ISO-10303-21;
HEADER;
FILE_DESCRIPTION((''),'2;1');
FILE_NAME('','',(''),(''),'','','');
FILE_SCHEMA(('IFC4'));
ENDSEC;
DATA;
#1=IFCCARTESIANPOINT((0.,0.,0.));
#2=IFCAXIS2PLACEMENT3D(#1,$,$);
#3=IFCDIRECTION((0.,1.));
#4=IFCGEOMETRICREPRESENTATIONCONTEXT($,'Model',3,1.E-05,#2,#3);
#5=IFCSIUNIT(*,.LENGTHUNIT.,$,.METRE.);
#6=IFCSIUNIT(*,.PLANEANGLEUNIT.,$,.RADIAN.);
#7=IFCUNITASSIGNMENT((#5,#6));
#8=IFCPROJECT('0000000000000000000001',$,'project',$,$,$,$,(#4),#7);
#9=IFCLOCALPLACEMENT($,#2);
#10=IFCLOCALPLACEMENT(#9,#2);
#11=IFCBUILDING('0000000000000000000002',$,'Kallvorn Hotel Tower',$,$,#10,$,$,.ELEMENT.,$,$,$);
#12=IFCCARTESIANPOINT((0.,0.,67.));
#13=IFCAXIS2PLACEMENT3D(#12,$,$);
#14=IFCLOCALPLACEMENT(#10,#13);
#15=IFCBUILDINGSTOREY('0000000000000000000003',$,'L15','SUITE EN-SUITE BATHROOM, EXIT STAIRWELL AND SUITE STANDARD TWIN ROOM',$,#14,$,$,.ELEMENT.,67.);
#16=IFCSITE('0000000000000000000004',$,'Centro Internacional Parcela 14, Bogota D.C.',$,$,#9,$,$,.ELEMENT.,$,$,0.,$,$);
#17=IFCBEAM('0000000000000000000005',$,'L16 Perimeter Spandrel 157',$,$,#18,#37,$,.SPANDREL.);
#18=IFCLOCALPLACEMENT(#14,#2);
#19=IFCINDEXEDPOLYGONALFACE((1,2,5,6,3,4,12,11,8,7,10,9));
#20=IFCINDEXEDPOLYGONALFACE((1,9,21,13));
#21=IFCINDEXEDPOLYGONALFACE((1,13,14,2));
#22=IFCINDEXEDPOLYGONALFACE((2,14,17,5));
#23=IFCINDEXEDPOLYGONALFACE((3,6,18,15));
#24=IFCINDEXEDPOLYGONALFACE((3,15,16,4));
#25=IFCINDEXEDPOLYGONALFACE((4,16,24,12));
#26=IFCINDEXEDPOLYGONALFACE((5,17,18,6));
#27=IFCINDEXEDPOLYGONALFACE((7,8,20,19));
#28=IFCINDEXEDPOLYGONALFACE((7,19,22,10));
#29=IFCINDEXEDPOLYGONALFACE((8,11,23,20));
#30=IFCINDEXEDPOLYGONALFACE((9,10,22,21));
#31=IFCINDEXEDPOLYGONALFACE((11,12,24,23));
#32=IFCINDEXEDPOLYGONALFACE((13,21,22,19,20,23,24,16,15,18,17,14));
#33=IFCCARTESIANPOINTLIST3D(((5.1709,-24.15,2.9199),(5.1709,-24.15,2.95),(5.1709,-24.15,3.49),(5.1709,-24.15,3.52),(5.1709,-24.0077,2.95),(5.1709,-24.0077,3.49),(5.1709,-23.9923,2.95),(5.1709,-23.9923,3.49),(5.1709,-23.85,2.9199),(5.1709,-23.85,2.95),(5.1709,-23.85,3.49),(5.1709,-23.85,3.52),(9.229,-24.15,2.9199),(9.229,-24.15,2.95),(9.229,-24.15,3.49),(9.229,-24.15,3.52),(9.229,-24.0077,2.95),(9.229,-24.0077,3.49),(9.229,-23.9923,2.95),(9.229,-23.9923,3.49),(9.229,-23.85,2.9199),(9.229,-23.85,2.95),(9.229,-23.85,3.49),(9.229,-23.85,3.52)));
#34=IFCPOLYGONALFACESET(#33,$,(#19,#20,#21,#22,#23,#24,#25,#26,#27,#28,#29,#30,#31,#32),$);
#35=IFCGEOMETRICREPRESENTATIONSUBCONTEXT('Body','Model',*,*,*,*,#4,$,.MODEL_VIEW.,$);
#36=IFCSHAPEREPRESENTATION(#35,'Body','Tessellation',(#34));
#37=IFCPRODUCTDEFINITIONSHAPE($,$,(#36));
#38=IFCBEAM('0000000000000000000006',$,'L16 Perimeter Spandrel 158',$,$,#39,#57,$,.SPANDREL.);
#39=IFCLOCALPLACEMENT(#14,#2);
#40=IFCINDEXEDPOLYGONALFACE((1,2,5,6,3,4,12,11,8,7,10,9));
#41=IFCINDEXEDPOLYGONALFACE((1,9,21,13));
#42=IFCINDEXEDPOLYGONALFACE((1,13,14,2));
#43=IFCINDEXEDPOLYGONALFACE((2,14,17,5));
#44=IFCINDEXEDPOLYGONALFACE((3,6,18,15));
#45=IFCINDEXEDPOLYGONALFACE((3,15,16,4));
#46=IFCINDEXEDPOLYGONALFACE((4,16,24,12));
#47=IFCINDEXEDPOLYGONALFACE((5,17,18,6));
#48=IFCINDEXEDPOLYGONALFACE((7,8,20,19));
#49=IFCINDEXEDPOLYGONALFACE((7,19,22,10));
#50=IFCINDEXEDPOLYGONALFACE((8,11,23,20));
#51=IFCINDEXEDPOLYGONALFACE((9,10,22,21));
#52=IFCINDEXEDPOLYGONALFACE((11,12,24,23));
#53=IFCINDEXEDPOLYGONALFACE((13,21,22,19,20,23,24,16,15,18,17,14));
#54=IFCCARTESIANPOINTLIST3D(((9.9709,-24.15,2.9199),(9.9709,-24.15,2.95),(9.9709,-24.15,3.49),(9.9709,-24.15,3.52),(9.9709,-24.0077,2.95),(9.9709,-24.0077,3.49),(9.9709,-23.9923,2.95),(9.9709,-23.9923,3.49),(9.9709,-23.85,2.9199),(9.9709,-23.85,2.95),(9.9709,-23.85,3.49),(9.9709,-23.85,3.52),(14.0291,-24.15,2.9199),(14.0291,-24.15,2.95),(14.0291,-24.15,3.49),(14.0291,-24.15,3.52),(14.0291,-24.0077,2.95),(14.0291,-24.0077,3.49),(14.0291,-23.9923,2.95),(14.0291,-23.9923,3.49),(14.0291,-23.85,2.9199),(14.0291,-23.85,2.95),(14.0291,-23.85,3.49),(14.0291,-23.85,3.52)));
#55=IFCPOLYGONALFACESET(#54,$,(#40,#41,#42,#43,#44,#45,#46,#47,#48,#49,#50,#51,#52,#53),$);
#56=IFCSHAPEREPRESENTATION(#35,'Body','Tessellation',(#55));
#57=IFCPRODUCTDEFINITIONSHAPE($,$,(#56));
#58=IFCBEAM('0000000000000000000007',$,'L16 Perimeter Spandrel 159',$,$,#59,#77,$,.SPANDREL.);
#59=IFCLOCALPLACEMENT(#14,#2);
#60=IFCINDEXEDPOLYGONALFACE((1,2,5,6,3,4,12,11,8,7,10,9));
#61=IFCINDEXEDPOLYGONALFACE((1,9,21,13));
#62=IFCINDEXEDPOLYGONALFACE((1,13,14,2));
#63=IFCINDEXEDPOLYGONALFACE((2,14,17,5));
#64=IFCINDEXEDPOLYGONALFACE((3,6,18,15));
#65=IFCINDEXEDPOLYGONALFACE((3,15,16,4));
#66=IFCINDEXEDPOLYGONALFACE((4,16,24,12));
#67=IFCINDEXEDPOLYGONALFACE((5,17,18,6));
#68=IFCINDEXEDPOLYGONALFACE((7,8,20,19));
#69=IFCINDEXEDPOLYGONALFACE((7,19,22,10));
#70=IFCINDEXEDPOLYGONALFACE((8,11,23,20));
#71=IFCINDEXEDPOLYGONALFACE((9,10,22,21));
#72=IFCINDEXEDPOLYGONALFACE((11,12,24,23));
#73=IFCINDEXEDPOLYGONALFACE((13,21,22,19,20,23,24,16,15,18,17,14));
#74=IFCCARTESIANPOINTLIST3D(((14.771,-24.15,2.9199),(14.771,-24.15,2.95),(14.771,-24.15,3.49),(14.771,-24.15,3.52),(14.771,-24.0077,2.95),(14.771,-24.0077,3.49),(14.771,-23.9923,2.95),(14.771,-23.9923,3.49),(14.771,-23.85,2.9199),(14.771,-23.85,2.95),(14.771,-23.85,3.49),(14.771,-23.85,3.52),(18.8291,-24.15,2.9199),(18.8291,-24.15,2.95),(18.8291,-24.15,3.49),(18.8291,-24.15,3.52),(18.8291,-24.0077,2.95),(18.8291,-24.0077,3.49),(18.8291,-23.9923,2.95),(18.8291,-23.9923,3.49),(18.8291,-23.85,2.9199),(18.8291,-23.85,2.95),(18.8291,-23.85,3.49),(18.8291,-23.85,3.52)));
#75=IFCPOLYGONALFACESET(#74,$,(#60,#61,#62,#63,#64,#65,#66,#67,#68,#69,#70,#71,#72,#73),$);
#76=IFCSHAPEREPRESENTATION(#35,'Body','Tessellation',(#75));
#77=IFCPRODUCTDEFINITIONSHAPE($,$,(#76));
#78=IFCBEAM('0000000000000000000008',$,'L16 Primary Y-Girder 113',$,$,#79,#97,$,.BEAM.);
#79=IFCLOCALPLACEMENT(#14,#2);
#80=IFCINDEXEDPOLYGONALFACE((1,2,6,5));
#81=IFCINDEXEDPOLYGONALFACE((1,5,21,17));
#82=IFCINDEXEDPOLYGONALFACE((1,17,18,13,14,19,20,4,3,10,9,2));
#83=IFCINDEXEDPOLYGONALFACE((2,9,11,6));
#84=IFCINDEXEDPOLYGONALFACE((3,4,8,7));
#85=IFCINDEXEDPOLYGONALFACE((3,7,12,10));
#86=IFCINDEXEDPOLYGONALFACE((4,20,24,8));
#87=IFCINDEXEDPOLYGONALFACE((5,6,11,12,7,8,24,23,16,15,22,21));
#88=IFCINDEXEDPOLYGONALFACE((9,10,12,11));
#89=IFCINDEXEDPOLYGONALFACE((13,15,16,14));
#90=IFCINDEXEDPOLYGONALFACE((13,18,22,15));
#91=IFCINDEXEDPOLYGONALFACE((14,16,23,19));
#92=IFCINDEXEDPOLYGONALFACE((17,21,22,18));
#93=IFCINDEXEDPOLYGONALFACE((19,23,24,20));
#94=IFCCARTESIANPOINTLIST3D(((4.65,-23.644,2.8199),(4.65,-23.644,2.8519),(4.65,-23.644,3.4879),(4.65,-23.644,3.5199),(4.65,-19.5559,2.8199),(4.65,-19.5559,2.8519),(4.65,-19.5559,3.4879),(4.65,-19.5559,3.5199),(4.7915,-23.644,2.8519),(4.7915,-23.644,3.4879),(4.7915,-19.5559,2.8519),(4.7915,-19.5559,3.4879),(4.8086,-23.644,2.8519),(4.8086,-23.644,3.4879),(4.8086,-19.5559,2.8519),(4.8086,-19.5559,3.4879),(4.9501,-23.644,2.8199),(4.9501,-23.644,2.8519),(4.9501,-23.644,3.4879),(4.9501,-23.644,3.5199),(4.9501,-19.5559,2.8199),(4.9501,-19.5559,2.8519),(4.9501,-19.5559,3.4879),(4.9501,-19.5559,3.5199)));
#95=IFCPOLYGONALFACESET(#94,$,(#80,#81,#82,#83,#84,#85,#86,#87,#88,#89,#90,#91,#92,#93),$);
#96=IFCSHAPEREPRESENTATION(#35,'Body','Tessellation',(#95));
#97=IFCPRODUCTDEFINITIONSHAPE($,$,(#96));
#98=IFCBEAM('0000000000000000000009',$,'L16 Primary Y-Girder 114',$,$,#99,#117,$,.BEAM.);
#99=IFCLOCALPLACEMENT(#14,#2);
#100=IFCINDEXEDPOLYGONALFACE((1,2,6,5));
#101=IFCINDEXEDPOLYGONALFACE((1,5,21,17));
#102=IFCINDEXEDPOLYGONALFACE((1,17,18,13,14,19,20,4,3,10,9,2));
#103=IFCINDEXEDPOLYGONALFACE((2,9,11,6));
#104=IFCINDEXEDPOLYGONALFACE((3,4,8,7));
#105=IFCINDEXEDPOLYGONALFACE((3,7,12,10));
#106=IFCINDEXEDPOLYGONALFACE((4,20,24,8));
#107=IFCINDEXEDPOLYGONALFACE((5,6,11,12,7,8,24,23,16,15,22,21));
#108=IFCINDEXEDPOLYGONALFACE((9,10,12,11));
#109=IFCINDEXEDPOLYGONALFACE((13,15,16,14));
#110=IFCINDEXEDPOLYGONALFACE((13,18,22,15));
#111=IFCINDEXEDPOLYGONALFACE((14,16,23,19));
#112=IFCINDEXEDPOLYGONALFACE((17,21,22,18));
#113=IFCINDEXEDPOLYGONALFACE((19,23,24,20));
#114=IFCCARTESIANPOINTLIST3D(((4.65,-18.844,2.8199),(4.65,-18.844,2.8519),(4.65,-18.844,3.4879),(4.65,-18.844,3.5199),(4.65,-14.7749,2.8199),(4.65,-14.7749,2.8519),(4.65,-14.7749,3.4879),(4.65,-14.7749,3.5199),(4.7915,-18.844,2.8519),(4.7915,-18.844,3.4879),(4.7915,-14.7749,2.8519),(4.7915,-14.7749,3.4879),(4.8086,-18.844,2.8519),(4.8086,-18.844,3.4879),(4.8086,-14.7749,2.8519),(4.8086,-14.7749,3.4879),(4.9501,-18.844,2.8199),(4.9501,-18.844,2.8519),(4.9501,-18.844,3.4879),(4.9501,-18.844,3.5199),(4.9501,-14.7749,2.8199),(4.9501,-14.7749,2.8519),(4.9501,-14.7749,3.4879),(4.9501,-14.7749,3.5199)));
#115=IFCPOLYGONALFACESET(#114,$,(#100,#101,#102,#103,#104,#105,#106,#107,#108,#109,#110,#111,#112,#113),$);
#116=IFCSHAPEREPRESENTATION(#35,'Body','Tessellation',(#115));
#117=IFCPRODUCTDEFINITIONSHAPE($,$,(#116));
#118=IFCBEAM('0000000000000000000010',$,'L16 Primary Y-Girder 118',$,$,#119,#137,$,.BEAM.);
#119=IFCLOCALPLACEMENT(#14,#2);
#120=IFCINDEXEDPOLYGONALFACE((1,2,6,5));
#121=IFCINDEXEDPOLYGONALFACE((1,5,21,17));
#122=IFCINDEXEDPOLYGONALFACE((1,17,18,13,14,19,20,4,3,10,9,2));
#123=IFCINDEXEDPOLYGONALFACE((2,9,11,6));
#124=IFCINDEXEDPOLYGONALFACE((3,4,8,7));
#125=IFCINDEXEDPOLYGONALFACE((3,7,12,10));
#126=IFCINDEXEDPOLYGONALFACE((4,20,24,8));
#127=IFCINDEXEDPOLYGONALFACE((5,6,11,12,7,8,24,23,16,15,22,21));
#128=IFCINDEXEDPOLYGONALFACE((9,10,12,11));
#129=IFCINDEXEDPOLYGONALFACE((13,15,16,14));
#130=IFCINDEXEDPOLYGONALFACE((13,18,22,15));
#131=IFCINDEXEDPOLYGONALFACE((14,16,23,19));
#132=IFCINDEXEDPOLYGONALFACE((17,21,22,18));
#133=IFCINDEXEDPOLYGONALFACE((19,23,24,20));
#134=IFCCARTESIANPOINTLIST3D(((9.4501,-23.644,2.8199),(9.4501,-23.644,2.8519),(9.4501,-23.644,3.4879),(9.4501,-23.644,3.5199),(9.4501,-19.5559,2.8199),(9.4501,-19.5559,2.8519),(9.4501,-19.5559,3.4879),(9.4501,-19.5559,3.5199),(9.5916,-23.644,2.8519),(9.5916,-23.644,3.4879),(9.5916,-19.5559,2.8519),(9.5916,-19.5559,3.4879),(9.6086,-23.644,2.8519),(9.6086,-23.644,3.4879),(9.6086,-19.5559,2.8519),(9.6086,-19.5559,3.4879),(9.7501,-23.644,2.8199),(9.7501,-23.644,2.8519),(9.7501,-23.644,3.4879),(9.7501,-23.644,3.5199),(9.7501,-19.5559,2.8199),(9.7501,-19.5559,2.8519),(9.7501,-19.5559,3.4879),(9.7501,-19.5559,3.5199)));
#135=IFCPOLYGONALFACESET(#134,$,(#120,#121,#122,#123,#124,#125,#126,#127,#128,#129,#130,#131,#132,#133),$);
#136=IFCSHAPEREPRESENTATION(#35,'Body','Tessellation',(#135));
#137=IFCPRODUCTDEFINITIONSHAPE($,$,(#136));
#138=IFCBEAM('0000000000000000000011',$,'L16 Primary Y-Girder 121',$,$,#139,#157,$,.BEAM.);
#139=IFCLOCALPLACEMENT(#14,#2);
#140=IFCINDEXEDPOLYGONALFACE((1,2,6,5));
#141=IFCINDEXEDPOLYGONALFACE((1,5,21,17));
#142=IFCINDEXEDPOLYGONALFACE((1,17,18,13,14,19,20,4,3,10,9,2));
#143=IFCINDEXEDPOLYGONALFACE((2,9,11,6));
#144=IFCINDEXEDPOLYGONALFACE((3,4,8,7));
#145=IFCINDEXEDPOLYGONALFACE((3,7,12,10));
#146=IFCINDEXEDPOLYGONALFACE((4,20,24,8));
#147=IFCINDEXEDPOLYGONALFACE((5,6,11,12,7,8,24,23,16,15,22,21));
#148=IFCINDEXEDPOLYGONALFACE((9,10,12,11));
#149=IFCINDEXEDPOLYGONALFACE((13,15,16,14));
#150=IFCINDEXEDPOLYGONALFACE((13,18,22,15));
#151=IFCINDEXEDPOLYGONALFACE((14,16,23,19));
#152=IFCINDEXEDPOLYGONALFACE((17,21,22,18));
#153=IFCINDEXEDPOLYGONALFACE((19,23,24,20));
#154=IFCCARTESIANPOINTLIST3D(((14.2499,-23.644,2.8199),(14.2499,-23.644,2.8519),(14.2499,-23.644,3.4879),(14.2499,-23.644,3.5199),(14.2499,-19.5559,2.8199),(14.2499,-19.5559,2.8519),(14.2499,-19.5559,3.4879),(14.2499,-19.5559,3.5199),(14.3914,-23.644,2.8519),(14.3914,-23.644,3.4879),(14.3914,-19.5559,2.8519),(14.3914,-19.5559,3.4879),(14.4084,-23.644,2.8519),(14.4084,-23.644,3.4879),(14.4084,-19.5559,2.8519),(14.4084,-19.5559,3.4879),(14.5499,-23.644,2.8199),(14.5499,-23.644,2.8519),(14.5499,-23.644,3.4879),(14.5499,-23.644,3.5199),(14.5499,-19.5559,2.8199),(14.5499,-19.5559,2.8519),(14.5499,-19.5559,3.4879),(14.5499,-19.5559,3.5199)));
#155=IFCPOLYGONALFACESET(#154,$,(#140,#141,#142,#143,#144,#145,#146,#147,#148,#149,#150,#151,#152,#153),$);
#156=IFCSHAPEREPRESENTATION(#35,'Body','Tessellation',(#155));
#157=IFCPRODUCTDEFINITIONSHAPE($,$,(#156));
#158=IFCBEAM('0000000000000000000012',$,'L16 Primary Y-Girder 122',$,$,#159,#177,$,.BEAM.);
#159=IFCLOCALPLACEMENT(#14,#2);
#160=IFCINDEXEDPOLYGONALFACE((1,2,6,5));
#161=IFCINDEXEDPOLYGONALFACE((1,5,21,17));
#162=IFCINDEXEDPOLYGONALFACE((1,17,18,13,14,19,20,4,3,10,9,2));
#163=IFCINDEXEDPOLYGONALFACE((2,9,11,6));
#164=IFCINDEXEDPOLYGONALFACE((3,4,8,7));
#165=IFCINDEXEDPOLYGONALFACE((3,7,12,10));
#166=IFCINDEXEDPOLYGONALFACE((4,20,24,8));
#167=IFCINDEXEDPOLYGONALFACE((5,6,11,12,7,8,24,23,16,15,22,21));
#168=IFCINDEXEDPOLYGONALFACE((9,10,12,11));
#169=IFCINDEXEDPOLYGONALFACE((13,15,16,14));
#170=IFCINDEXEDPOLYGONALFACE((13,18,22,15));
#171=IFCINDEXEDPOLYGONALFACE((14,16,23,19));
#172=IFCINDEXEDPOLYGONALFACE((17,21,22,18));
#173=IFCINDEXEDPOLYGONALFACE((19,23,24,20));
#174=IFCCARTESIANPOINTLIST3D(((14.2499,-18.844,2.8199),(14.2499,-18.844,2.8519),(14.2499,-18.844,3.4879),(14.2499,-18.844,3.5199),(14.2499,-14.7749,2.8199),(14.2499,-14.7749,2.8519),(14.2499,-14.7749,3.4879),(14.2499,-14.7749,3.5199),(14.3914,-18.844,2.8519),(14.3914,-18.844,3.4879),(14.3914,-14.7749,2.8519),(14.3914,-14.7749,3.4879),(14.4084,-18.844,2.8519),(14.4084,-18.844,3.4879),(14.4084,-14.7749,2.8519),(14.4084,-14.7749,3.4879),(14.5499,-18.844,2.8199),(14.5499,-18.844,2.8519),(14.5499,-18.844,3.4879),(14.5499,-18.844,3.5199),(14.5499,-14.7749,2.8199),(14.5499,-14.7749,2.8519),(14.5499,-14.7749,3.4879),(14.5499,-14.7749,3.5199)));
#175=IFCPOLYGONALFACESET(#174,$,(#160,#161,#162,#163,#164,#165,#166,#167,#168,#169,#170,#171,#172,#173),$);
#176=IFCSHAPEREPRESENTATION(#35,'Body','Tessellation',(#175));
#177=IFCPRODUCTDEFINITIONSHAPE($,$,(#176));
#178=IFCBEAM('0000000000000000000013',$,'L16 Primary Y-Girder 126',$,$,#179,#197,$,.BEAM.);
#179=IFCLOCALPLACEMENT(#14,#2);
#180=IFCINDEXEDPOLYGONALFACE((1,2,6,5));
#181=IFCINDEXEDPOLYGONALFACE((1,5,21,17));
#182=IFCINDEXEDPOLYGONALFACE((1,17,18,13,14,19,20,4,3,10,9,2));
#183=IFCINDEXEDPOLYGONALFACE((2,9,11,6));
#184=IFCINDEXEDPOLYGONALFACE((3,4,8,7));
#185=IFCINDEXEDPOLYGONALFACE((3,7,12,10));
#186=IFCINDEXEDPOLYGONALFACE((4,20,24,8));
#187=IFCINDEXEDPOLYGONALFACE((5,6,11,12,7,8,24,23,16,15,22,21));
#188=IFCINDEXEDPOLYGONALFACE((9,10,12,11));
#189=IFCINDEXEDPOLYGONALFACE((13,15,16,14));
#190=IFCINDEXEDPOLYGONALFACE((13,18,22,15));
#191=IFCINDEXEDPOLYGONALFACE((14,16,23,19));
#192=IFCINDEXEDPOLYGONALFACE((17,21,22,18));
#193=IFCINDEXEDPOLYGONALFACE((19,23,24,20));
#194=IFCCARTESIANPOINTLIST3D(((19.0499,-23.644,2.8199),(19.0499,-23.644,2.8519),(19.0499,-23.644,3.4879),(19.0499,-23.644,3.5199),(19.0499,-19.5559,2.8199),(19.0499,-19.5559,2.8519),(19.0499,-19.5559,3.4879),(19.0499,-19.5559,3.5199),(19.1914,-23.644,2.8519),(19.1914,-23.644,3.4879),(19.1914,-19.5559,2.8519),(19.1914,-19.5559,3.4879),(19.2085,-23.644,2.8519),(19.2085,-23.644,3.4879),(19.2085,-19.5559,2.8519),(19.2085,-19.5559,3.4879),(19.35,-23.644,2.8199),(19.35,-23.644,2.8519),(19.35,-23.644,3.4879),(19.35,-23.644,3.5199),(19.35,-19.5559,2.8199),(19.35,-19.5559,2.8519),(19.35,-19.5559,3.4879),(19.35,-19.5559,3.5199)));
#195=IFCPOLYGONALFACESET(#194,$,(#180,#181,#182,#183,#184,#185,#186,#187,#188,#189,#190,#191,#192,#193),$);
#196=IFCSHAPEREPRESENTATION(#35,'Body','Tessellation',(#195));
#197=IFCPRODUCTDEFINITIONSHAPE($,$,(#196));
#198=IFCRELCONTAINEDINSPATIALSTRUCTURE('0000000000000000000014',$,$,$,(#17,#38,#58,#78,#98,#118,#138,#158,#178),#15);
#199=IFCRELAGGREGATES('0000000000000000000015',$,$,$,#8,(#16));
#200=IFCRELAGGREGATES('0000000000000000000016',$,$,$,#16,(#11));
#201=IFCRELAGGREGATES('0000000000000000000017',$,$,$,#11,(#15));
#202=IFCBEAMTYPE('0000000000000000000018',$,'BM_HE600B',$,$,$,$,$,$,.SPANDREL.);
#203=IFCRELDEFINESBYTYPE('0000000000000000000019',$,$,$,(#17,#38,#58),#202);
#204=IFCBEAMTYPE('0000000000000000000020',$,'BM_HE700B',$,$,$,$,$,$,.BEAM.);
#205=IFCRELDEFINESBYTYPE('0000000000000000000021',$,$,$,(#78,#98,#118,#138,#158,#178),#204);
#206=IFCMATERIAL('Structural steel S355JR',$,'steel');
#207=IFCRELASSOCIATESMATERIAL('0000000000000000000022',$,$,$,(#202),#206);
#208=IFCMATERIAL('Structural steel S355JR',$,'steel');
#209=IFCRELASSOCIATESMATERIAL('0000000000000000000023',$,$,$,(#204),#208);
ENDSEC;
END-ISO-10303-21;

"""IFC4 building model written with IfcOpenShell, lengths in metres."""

from ifc_helpers import new_model, si_unit, direction, frame, origin, origin_2d, place, context, subcontext, project, spatial, i_section, extrude, material, material_profile, profile_set, type_object, element, save


model = new_model("IFC4")

# Units and contexts
model_context = context("Model", 3, precision=1e-05, world=origin(), true_north=direction((0.0, 1.0)))
body_context = subcontext(model_context, "Body", "Model", "MODEL_VIEW")
ifc_project = project(units=[si_unit("LENGTHUNIT", "METRE"), si_unit("PLANEANGLEUNIT", "RADIAN")], contexts=[model_context])

# Site, building, storey
site_placement = place(None, origin())
site = spatial("IfcSite", under=ifc_project, at=site_placement, Name="Centro Internacional Parcela 14, Bogota D.C.", CompositionType="ELEMENT", RefElevation=0.0)
building_placement = place(site_placement, origin())
building = spatial("IfcBuilding", under=site, at=building_placement, Name="Kallvorn Hotel Tower", CompositionType="ELEMENT")
storey_placement = place(building_placement, frame((0.0, 0.0, 67.0)))
storey = spatial("IfcBuildingStorey", under=building, at=storey_placement, Name="L15", Description="SUITE EN-SUITE BATHROOM, EXIT STAIRWELL AND SUITE STANDARD TWIN ROOM", CompositionType="ELEMENT", Elevation=67.0)

# Beams
ifc_material_1 = material(Name="Structural steel S355JR", Category="steel")
ifc_material_profile_1 = material_profile(ifc_material_1, i_section(OverallWidth=0.3, OverallDepth=0.6001, WebThickness=0.0154, FlangeThickness=0.03, at=origin_2d()), Name="HE 600 B")
ifc_profile_set_1 = profile_set([ifc_material_profile_1], Name="Structural steel S355JR")
beam_type_1 = type_object("IfcBeamType", Name="BM_HE600B", PredefinedType="SPANDREL", material=ifc_profile_set_1)
for number, where, z_axis, x_axis, name in (
    (1, (5.1709, -24.0, 3.22), (1.0, 0.0, 0.0), (0.0, 1.0, 0.0), "L16 Perimeter Spandrel 157"),
    (2, (9.9709, -24.0, 3.22), (1.0, 0.0, 0.0), (0.0, 1.0, 0.0), "L16 Perimeter Spandrel 158"),
    (3, (14.771, -24.0, 3.22), (1.0, 0.0, 0.0), (0.0, 1.0, 0.0), "L16 Perimeter Spandrel 159"),
):
    element("IfcBeam", number, at=place(storey_placement, frame(where, z_axis=z_axis, x_axis=x_axis)), inside=storey, type_object=beam_type_1, Name=name, PredefinedType="SPANDREL", context=body_context, shape_type="SweptSolid", body=[
        extrude(i_section(OverallWidth=0.3, OverallDepth=0.6001, WebThickness=0.0154, FlangeThickness=0.03, at=origin_2d()), origin(), (0.0, 0.0, 1.0), 4.0581),
    ])
ifc_material_2 = material(Name="Structural steel S355JR", Category="steel")
ifc_material_profile_2 = material_profile(ifc_material_2, i_section(OverallWidth=0.3, OverallDepth=0.7, WebThickness=0.0171, FlangeThickness=0.032, at=origin_2d()), Name="HE 700 B")
ifc_profile_set_2 = profile_set([ifc_material_profile_2], Name="Structural steel S355JR")
beam_type_2 = type_object("IfcBeamType", Name="BM_HE700B", PredefinedType="BEAM", material=ifc_profile_set_2)
beam_1_placement = place(storey_placement, frame((4.8, -23.644, 3.1699), z_axis=(0.0, 1.0, 0.0), x_axis=(-1.0, 0.0, 0.0)))
element("IfcBeam", 4, at=beam_1_placement, inside=storey, type_object=beam_type_2, Name="L16 Primary Y-Girder 113", PredefinedType="BEAM", context=body_context, shape_type="SweptSolid", body=[
    extrude(i_section(OverallWidth=0.3, OverallDepth=0.7, WebThickness=0.0171, FlangeThickness=0.032, at=origin_2d()), origin(), (0.0, 0.0, 1.0), 4.0881),
])
beam_2_placement = place(storey_placement, frame((4.8, -18.844, 3.1699), z_axis=(0.0, 1.0, 0.0), x_axis=(-1.0, 0.0, 0.0)))
element("IfcBeam", 5, at=beam_2_placement, inside=storey, type_object=beam_type_2, Name="L16 Primary Y-Girder 114", PredefinedType="BEAM", context=body_context, shape_type="SweptSolid", body=[
    extrude(i_section(OverallWidth=0.3, OverallDepth=0.7, WebThickness=0.0171, FlangeThickness=0.032, at=origin_2d()), origin(), (0.0, 0.0, 1.0), 4.0691),
])
for number, where, z_axis, x_axis, name in (
    (6, (9.6001, -23.644, 3.1699), (0.0, 1.0, 0.0), (-1.0, 0.0, 0.0), "L16 Primary Y-Girder 118"),
    (7, (14.3999, -23.644, 3.1699), (0.0, 1.0, 0.0), (-1.0, 0.0, 0.0), "L16 Primary Y-Girder 121"),
):
    element("IfcBeam", number, at=place(storey_placement, frame(where, z_axis=z_axis, x_axis=x_axis)), inside=storey, type_object=beam_type_2, Name=name, PredefinedType="BEAM", context=body_context, shape_type="SweptSolid", body=[
        extrude(i_section(OverallWidth=0.3, OverallDepth=0.7, WebThickness=0.0171, FlangeThickness=0.032, at=origin_2d()), origin(), (0.0, 0.0, 1.0), 4.0881),
    ])
beam_3_placement = place(storey_placement, frame((14.3999, -18.844, 3.1699), z_axis=(0.0, 1.0, 0.0), x_axis=(-1.0, 0.0, 0.0)))
element("IfcBeam", 8, at=beam_3_placement, inside=storey, type_object=beam_type_2, Name="L16 Primary Y-Girder 122", PredefinedType="BEAM", context=body_context, shape_type="SweptSolid", body=[
    extrude(i_section(OverallWidth=0.3, OverallDepth=0.7, WebThickness=0.0171, FlangeThickness=0.032, at=origin_2d()), origin(), (0.0, 0.0, 1.0), 4.0691),
])
beam_4_placement = place(storey_placement, frame((19.2, -23.644, 3.1699), z_axis=(0.0, 1.0, 0.0), x_axis=(-1.0, 0.0, 0.0)))
element("IfcBeam", 9, at=beam_4_placement, inside=storey, type_object=beam_type_2, Name="L16 Primary Y-Girder 126", PredefinedType="BEAM", context=body_context, shape_type="SweptSolid", body=[
    extrude(i_section(OverallWidth=0.3, OverallDepth=0.7, WebThickness=0.0171, FlangeThickness=0.032, at=origin_2d()), origin(), (0.0, 0.0, 1.0), 4.0881),
])

save(model, "model.ifc")
